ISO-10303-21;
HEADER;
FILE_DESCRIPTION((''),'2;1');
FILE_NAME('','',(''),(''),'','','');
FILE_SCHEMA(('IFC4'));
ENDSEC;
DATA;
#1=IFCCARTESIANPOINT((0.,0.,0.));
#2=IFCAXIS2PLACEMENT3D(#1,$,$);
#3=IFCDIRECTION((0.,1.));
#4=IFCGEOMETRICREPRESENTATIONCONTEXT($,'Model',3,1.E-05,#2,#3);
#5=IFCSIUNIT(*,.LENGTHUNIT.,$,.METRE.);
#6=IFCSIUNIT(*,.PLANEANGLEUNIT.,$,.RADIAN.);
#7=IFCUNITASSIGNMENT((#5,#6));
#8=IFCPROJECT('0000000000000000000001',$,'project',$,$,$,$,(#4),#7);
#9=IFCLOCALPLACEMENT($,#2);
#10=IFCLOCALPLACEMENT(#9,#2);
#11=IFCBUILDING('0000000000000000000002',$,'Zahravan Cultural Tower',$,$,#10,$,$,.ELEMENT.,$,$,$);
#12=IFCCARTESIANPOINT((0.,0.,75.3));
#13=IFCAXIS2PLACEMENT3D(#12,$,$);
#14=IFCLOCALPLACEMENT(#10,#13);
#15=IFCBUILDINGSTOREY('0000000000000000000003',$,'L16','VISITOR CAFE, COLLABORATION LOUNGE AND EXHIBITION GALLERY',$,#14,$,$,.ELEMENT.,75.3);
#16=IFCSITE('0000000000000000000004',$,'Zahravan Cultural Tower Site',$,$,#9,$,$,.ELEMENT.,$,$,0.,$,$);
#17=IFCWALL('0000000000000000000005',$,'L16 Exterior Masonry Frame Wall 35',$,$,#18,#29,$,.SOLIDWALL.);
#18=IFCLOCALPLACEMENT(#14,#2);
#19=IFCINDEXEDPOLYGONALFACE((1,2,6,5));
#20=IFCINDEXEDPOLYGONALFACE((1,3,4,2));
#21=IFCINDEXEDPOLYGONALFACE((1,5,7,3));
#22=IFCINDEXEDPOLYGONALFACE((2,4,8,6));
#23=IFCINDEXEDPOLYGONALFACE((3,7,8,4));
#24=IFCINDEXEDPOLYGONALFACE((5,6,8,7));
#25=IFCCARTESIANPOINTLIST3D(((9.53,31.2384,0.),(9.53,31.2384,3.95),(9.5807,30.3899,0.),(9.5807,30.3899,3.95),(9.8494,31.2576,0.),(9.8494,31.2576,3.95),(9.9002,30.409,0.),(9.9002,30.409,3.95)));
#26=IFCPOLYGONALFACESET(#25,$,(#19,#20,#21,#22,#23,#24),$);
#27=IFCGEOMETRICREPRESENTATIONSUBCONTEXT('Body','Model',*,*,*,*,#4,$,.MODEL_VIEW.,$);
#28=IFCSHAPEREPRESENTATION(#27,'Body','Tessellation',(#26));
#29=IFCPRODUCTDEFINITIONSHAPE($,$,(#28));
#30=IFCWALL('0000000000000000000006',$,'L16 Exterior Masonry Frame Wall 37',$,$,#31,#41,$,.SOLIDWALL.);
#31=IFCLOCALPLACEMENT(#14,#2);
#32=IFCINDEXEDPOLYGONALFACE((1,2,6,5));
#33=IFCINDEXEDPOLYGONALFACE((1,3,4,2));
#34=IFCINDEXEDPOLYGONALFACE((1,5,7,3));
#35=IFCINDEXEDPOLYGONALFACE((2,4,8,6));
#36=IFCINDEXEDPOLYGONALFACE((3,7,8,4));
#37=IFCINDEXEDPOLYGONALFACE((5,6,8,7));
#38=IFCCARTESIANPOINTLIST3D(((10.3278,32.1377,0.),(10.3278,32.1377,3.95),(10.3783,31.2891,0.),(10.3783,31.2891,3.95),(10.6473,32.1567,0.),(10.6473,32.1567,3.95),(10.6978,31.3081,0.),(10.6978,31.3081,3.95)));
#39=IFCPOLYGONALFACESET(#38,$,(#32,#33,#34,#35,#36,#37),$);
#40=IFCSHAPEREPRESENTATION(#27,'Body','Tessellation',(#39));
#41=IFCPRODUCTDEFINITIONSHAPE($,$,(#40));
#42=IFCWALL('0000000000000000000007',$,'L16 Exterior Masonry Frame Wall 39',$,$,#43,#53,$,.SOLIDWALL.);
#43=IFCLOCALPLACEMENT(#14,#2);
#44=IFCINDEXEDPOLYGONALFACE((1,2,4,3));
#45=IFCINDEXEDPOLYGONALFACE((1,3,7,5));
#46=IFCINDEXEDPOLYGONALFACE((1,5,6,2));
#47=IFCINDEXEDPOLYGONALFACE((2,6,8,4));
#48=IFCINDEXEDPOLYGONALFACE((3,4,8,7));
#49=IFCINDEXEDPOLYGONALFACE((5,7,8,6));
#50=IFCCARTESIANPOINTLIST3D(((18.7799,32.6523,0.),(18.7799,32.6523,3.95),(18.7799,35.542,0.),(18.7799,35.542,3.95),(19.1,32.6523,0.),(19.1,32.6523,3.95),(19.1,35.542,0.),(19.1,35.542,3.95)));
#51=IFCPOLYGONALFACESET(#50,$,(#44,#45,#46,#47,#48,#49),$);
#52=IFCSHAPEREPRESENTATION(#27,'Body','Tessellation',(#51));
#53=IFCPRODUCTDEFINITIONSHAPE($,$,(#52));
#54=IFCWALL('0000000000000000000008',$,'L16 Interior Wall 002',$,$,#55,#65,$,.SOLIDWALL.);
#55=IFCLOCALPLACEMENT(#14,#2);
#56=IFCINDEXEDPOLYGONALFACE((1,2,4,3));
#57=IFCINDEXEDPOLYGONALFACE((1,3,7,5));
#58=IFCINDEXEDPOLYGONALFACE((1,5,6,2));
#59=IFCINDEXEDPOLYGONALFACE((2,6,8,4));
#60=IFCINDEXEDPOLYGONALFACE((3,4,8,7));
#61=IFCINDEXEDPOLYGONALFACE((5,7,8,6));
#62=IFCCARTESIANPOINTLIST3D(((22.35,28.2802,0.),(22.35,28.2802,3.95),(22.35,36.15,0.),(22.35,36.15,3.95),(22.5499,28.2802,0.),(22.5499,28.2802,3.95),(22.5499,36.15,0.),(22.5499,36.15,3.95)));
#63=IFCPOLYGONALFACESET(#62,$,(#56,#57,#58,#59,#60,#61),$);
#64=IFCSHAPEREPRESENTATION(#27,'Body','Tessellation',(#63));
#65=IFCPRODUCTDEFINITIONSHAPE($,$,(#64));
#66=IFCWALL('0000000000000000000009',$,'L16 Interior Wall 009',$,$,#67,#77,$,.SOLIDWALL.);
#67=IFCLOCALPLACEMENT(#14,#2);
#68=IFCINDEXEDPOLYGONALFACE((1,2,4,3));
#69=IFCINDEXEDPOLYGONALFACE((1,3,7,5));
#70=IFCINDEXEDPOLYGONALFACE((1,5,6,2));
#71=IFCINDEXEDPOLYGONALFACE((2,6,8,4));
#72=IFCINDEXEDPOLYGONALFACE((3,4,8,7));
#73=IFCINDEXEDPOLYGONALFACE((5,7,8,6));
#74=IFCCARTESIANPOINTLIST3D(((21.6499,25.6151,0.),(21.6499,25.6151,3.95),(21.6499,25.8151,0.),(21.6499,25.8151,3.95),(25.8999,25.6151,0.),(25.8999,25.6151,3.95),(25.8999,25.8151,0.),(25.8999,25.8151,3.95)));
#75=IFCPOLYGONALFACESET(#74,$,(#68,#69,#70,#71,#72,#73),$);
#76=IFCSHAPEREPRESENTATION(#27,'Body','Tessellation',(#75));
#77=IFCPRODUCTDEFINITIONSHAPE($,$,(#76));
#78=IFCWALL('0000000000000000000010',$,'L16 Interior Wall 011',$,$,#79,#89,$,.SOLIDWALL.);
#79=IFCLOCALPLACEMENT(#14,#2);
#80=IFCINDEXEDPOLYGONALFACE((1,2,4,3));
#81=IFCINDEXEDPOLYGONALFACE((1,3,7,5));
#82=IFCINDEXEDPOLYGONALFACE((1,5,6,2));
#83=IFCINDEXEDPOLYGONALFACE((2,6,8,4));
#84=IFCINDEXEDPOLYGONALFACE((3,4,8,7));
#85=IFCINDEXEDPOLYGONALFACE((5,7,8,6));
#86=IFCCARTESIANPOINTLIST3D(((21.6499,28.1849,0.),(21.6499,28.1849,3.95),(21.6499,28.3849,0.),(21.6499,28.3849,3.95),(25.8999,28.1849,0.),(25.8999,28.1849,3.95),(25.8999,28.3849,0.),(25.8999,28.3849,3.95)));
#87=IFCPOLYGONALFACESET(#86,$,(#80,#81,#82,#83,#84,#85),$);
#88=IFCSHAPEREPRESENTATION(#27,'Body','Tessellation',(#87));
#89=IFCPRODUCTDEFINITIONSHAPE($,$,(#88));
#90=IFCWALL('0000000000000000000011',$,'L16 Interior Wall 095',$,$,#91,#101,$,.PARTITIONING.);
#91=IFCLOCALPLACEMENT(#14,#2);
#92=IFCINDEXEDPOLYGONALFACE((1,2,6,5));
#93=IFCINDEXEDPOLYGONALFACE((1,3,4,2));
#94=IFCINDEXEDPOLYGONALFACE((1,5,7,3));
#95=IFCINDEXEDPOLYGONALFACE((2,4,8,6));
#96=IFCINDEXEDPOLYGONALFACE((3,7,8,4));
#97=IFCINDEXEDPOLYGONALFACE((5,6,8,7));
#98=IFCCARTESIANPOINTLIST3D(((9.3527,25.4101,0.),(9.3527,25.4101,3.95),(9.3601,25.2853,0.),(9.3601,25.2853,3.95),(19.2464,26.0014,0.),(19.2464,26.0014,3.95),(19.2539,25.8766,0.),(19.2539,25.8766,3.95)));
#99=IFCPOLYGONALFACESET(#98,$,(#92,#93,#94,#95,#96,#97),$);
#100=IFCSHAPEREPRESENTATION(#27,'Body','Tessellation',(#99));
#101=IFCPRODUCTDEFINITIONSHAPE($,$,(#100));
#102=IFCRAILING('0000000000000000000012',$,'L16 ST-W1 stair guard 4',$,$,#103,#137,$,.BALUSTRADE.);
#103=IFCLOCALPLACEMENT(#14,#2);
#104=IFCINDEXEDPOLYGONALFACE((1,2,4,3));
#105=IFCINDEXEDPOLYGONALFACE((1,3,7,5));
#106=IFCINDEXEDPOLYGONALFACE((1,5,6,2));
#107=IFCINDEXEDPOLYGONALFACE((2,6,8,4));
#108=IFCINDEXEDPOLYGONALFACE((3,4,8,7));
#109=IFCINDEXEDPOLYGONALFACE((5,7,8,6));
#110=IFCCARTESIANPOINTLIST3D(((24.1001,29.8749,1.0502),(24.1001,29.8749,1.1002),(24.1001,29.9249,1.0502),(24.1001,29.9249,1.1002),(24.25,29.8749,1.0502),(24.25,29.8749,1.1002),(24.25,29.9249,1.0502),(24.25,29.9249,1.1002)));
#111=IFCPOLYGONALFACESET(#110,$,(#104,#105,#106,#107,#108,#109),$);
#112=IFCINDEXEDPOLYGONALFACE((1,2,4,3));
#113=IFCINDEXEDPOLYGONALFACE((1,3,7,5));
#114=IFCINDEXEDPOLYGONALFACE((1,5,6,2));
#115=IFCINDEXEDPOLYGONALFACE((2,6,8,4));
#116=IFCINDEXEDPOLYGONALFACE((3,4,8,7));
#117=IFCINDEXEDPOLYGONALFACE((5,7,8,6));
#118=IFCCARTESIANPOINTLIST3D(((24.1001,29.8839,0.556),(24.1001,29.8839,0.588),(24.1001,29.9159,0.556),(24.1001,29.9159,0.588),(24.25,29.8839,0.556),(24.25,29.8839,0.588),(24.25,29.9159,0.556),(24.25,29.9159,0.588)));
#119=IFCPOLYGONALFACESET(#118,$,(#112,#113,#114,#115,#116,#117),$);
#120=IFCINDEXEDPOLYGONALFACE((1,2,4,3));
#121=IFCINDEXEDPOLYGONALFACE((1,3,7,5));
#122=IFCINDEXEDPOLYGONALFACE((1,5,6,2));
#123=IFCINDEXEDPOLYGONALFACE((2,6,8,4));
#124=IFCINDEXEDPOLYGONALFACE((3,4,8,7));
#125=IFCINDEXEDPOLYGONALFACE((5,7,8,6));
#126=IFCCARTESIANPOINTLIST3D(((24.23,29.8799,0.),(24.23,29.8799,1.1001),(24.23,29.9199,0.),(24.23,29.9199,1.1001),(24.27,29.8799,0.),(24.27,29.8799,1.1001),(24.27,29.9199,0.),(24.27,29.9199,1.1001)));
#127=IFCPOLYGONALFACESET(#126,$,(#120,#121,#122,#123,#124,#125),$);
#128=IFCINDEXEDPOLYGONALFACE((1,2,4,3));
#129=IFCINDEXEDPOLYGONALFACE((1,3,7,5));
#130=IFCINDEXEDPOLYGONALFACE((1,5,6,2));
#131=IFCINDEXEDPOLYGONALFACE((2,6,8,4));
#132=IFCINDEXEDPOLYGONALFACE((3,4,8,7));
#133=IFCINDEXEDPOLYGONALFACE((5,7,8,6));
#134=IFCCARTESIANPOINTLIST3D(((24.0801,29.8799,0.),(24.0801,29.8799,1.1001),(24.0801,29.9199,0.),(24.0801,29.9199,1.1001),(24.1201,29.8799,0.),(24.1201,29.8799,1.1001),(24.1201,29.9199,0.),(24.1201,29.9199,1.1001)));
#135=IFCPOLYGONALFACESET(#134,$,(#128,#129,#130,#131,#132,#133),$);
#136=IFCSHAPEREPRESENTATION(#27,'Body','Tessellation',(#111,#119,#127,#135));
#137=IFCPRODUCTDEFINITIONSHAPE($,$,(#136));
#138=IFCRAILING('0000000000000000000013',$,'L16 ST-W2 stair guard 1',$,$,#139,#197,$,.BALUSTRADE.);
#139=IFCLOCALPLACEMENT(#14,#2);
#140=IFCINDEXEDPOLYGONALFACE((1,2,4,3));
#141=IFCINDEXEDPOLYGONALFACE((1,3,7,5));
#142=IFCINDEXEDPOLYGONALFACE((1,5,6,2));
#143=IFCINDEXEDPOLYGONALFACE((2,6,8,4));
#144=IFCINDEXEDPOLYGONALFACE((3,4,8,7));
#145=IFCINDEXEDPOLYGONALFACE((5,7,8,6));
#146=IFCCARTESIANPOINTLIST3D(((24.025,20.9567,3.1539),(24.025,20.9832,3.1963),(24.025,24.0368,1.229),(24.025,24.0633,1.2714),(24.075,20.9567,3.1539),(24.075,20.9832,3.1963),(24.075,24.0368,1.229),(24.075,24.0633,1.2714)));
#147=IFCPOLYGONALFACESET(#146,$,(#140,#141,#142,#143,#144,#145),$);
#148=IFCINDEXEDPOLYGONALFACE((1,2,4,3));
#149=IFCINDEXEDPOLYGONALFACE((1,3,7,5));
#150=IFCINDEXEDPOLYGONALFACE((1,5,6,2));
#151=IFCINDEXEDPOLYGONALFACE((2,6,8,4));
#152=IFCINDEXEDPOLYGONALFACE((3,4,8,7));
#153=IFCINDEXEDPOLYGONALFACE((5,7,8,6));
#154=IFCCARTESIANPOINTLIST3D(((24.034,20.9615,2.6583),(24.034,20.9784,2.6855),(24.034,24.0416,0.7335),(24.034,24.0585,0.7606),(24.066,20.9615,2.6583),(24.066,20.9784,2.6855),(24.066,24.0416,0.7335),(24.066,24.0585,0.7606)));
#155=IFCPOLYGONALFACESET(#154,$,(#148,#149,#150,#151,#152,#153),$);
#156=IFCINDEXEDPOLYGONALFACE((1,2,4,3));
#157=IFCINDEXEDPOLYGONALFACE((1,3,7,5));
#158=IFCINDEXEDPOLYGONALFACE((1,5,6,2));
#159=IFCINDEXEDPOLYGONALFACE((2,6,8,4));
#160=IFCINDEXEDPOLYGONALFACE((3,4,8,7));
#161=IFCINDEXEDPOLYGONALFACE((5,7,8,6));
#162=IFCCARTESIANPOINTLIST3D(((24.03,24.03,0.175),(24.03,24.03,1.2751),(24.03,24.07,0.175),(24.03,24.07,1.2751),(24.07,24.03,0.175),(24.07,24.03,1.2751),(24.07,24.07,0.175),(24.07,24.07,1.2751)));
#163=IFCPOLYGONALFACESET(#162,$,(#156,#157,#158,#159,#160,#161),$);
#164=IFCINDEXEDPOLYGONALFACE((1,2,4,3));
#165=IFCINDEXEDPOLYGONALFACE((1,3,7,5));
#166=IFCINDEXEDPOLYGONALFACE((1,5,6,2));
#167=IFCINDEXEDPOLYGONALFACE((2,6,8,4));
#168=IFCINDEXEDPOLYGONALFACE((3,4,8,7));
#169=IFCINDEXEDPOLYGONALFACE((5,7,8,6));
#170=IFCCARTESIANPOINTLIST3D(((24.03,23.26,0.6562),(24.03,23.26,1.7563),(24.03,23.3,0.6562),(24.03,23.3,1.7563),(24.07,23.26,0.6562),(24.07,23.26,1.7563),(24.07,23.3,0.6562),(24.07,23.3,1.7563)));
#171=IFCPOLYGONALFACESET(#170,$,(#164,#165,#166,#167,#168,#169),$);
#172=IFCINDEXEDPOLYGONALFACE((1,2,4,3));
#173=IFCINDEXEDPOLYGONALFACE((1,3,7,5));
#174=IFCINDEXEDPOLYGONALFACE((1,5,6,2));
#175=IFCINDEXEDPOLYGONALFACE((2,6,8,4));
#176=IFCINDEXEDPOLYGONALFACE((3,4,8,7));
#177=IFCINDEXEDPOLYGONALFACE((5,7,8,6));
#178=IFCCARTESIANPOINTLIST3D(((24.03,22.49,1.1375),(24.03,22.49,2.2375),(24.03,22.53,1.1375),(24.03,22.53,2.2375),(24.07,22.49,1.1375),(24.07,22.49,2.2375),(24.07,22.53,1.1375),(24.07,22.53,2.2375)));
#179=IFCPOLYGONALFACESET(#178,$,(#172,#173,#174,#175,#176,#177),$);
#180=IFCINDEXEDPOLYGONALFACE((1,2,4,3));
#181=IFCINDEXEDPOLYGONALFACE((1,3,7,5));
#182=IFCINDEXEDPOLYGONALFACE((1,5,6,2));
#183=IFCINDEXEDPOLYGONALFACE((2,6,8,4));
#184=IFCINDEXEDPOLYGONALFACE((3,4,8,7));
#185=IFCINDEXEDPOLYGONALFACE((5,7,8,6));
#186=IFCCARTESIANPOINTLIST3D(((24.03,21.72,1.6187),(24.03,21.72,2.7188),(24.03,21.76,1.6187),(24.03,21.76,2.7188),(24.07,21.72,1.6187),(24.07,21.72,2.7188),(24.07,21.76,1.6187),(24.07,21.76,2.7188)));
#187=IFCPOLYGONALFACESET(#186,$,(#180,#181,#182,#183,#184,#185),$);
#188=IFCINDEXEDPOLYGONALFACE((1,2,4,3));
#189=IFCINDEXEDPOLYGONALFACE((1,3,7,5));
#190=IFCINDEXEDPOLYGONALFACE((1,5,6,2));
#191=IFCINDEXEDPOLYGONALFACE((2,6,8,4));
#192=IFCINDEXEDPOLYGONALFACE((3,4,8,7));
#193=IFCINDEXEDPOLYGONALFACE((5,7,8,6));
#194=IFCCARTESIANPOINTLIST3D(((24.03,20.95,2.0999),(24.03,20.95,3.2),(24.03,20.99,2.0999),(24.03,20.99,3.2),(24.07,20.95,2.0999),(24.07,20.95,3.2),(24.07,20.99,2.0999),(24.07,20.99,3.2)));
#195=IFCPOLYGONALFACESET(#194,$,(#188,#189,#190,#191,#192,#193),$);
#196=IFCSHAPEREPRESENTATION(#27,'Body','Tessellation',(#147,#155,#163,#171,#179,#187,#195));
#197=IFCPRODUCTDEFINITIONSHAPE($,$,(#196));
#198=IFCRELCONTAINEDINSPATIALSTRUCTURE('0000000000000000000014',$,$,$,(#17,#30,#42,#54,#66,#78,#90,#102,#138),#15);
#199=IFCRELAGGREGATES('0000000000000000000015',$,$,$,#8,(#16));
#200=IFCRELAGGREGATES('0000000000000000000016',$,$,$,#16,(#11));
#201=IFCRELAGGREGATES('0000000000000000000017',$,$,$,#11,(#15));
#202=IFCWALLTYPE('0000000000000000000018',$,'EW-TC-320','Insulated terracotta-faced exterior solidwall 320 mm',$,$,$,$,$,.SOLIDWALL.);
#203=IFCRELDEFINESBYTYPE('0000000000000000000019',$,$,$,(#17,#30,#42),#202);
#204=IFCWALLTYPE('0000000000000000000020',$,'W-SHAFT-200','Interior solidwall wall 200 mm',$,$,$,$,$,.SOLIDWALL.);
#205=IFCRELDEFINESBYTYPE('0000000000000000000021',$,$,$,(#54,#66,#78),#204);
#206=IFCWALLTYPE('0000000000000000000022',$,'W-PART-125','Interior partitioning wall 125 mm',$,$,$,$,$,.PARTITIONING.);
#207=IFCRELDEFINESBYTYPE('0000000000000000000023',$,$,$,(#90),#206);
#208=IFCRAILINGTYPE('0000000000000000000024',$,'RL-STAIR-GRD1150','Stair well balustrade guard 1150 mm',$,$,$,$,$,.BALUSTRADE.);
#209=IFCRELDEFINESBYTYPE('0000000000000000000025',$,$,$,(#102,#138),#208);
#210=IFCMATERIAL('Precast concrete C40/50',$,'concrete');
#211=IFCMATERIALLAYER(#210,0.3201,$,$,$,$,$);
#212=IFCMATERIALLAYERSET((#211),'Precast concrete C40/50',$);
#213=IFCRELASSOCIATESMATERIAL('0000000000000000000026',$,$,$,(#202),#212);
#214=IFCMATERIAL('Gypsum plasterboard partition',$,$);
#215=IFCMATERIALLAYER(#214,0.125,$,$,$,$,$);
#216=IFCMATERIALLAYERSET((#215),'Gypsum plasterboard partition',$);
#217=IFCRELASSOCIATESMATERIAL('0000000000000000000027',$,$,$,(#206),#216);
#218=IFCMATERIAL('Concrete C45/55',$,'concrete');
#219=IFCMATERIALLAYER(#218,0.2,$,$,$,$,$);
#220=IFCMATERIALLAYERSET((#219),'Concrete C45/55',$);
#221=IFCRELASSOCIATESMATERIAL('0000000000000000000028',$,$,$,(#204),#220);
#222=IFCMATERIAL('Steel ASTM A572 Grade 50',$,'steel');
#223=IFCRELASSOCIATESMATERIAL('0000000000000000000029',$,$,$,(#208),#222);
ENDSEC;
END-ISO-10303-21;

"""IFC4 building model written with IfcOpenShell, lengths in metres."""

from ifc_helpers import new_model, si_unit, direction, frame, frame_2d, origin, origin_2d, place, context, subcontext, project, spatial, rectangle, extrude, source, transform, mapped, material, layer, layer_set, type_object, element, save


model = new_model("IFC4")

# Units and contexts
model_context = context("Model", 3, precision=1e-05, world=origin(), true_north=direction((0.0, 1.0)))
body_context = subcontext(model_context, "Body", "Model", "MODEL_VIEW")
ifc_project = project(units=[si_unit("LENGTHUNIT", "METRE"), si_unit("PLANEANGLEUNIT", "RADIAN")], contexts=[model_context])

# Site, building, storey
site_placement = place(None, origin())
site = spatial("IfcSite", under=ifc_project, at=site_placement, Name="Zahravan Cultural Tower Site", CompositionType="ELEMENT", RefElevation=0.0)
building_placement = place(site_placement, origin())
building = spatial("IfcBuilding", under=site, at=building_placement, Name="Zahravan Cultural Tower", CompositionType="ELEMENT")
storey_placement = place(building_placement, frame((0.0, 0.0, 75.3)))
storey = spatial("IfcBuildingStorey", under=building, at=storey_placement, Name="L16", Description="VISITOR CAFE, COLLABORATION LOUNGE AND EXHIBITION GALLERY", CompositionType="ELEMENT", Elevation=75.3)

# Shared definitions
ifc_material_1 = material(Name="Steel ASTM A572 Grade 50", Category="steel")

# Shared definitions
ifc_material_2 = material(Name="Precast concrete C40/50", Category="concrete")
ifc_layer_1 = layer(ifc_material_2, 0.3201)
ifc_layer_set_1 = layer_set([ifc_layer_1], Name="Precast concrete C40/50")
wall_type_1 = type_object("IfcWallType", Name="EW-TC-320", Description="Insulated terracotta-faced exterior solidwall 320 mm", PredefinedType="SOLIDWALL", material=ifc_layer_set_1)

# Shared definitions
ifc_material_3 = material(Name="Gypsum plasterboard partition")
ifc_layer_2 = layer(ifc_material_3, 0.125)
ifc_layer_set_2 = layer_set([ifc_layer_2], Name="Gypsum plasterboard partition")
wall_type_2 = type_object("IfcWallType", Name="W-PART-125", Description="Interior partitioning wall 125 mm", PredefinedType="PARTITIONING", material=ifc_layer_set_2)

# Walls
shared_shape_1 = source(origin(), body_context, "Body", "SweptSolid", [
    extrude(rectangle(XDim=0.8501, YDim=0.3201, at=frame_2d((0.425, 0.0))), origin(), (0.0, 0.0, 1.0), 3.95),
])
for number, where, z_axis, x_axis, name in (
    (1, (9.7405, 30.3994, 0.0), (0.0, 0.0, 1.0), (-0.059732, 0.998214, 0.0), "L16 Exterior Masonry Frame Wall 35"),
    (2, (10.5381, 31.2986, 0.0), (0.0, 0.0, 1.0), (-0.059446, 0.998232, 0.0), "L16 Exterior Masonry Frame Wall 37"),
):
    element("IfcWall", number, at=place(storey_placement, frame(where, z_axis=z_axis, x_axis=x_axis)), inside=storey, type_object=wall_type_1, Name=name, PredefinedType="SOLIDWALL", context=body_context, shape_type="MappedRepresentation", body=[
        mapped(shared_shape_1, transform((0.0, 0.0, 0.0), x_axis=(1.0, 0.0, 0.0), y_axis=(0.0, 1.0, 0.0), z_axis=(0.0, 0.0, 1.0), scale=1.0)),
    ])
shared_shape_2 = source(origin(), body_context, "Body", "SweptSolid", [
    extrude(rectangle(XDim=2.8896, YDim=0.3201, at=frame_2d((1.4448, 0.0))), origin(), (0.0, 0.0, 1.0), 3.95),
])
wall_1_placement = place(storey_placement, frame((18.9399, 32.6523, 0.0), z_axis=(0.0, 0.0, 1.0), x_axis=(0.0, 1.0, 0.0)))
element("IfcWall", 3, at=wall_1_placement, inside=storey, type_object=wall_type_1, Name="L16 Exterior Masonry Frame Wall 39", PredefinedType="SOLIDWALL", context=body_context, shape_type="MappedRepresentation", body=[
    mapped(shared_shape_2, transform((0.0, 0.0, 0.0), x_axis=(1.0, 0.0, 0.0), y_axis=(0.0, 1.0, 0.0), z_axis=(0.0, 0.0, 1.0), scale=1.0)),
])
ifc_material_4 = material(Name="Concrete C45/55", Category="concrete")
ifc_layer_3 = layer(ifc_material_4, 0.2)
ifc_layer_set_3 = layer_set([ifc_layer_3], Name="Concrete C45/55")
wall_type_3 = type_object("IfcWallType", Name="W-SHAFT-200", Description="Interior solidwall wall 200 mm", PredefinedType="SOLIDWALL", material=ifc_layer_set_3)
shared_shape_3 = source(origin(), body_context, "Body", "SweptSolid", [
    extrude(rectangle(XDim=7.8699, YDim=0.2, at=frame_2d((3.9351, 0.0))), origin(), (0.0, 0.0, 1.0), 3.95),
])
wall_2_placement = place(storey_placement, frame((22.45, 28.28, 0.0), z_axis=(0.0, 0.0, 1.0), x_axis=(0.0, 1.0, 0.0)))
element("IfcWall", 4, at=wall_2_placement, inside=storey, type_object=wall_type_3, Name="L16 Interior Wall 002", PredefinedType="SOLIDWALL", context=body_context, shape_type="MappedRepresentation", body=[
    mapped(shared_shape_3, transform((0.0, 0.0, 0.0), x_axis=(1.0, 0.0, 0.0), y_axis=(0.0, 1.0, 0.0), z_axis=(0.0, 0.0, 1.0), scale=1.0)),
])
shared_shape_4 = source(origin(), body_context, "Body", "SweptSolid", [
    extrude(rectangle(XDim=4.25, YDim=0.2, at=frame_2d((2.125, 0.0))), origin(), (0.0, 0.0, 1.0), 3.95),
])
for number, where, z_axis, x_axis, name in (
    (5, (21.6499, 25.7151, 0.0), (0.0, 0.0, 1.0), (1.0, 0.0, 0.0), "L16 Interior Wall 009"),
    (6, (21.6499, 28.2849, 0.0), (0.0, 0.0, 1.0), (1.0, 0.0, 0.0), "L16 Interior Wall 011"),
):
    element("IfcWall", number, at=place(storey_placement, frame(where, z_axis=z_axis, x_axis=x_axis)), inside=storey, type_object=wall_type_3, Name=name, PredefinedType="SOLIDWALL", context=body_context, shape_type="MappedRepresentation", body=[
        mapped(shared_shape_4, transform((0.0, 0.0, 0.0), x_axis=(1.0, 0.0, 0.0), y_axis=(0.0, 1.0, 0.0), z_axis=(0.0, 0.0, 1.0), scale=1.0)),
    ])
shared_shape_5 = source(origin(), body_context, "Body", "SweptSolid", [
    extrude(rectangle(XDim=9.9114, YDim=0.125, at=frame_2d((4.9556, 0.0))), origin(), (0.0, 0.0, 1.0), 3.95),
])
wall_3_placement = place(storey_placement, frame((19.25, 25.939, 0.0), z_axis=(0.0, 0.0, 1.0), x_axis=(-0.998219, -0.059659, 0.0)))
element("IfcWall", 7, at=wall_3_placement, inside=storey, type_object=wall_type_2, Name="L16 Interior Wall 095", PredefinedType="PARTITIONING", context=body_context, shape_type="MappedRepresentation", body=[
    mapped(shared_shape_5, transform((0.0, 0.0, 0.0), x_axis=(1.0, 0.0, 0.0), y_axis=(0.0, 1.0, 0.0), z_axis=(0.0, 0.0, 1.0), scale=1.0)),
])

# Railings
railing_type = type_object("IfcRailingType", Name="RL-STAIR-GRD1150", Description="Stair well balustrade guard 1150 mm", PredefinedType="BALUSTRADE", material=ifc_material_1)
railing_1_placement = place(storey_placement, frame((24.25, 29.8999, 0.0)))
element("IfcRailing", 8, at=railing_1_placement, inside=storey, type_object=railing_type, Name="L16 ST-W1 stair guard 4", PredefinedType="BALUSTRADE", context=body_context, shape_type="SweptSolid", body=[
    extrude(rectangle(XDim=0.05, YDim=0.05, at=origin_2d()), frame((0.0, 0.0, 1.0752), z_axis=(-1.0, 0.0, 0.0), x_axis=(0.0, -1.0, 0.0)), (0.0, 0.0, 1.0), 0.1499),
    extrude(rectangle(XDim=0.032, YDim=0.032, at=origin_2d()), frame((0.0, 0.0, 0.572), z_axis=(-1.0, 0.0, 0.0), x_axis=(0.0, -1.0, 0.0)), (0.0, 0.0, 1.0), 0.1499),
    extrude(rectangle(XDim=0.04, YDim=0.04, at=origin_2d()), origin(), (0.0, 0.0, 1.0), 1.1001),
    extrude(rectangle(XDim=0.04, YDim=0.04, at=origin_2d()), frame((-0.1499, 0.0, 0.0)), (0.0, 0.0, 1.0), 1.1001),
])
railing_2_placement = place(storey_placement, frame((24.05, 24.05, 0.175)))
element("IfcRailing", 9, at=railing_2_placement, inside=storey, type_object=railing_type, Name="L16 ST-W2 stair guard 1", PredefinedType="BALUSTRADE", context=body_context, shape_type="SweptSolid", body=[
    extrude(rectangle(XDim=0.05, YDim=0.05, at=origin_2d()), frame((0.0, 0.0, 1.0752), z_axis=(0.0, -0.848029, 0.529951), x_axis=(1.0, 0.0, 0.0)), (0.0, 0.0, 1.0), 3.6321),
    extrude(rectangle(XDim=0.032, YDim=0.032, at=origin_2d()), frame((0.0, 0.0, 0.572), z_axis=(0.0, -0.848029, 0.529951), x_axis=(1.0, 0.0, 0.0)), (0.0, 0.0, 1.0), 3.6321),
    extrude(rectangle(XDim=0.04, YDim=0.04, at=origin_2d()), origin(), (0.0, 0.0, 1.0), 1.1001),
    extrude(rectangle(XDim=0.04, YDim=0.04, at=origin_2d()), frame((0.0, -0.77, 0.4812)), (0.0, 0.0, 1.0), 1.1001),
    extrude(rectangle(XDim=0.04, YDim=0.04, at=origin_2d()), frame((0.0, -1.54, 0.9624)), (0.0, 0.0, 1.0), 1.1001),
    extrude(rectangle(XDim=0.04, YDim=0.04, at=origin_2d()), frame((0.0, -2.3101, 1.4436)), (0.0, 0.0, 1.0), 1.1001),
    extrude(rectangle(XDim=0.04, YDim=0.04, at=origin_2d()), frame((0.0, -3.0801, 1.9248)), (0.0, 0.0, 1.0), 1.1001),
])

save(model, "model.ifc")
